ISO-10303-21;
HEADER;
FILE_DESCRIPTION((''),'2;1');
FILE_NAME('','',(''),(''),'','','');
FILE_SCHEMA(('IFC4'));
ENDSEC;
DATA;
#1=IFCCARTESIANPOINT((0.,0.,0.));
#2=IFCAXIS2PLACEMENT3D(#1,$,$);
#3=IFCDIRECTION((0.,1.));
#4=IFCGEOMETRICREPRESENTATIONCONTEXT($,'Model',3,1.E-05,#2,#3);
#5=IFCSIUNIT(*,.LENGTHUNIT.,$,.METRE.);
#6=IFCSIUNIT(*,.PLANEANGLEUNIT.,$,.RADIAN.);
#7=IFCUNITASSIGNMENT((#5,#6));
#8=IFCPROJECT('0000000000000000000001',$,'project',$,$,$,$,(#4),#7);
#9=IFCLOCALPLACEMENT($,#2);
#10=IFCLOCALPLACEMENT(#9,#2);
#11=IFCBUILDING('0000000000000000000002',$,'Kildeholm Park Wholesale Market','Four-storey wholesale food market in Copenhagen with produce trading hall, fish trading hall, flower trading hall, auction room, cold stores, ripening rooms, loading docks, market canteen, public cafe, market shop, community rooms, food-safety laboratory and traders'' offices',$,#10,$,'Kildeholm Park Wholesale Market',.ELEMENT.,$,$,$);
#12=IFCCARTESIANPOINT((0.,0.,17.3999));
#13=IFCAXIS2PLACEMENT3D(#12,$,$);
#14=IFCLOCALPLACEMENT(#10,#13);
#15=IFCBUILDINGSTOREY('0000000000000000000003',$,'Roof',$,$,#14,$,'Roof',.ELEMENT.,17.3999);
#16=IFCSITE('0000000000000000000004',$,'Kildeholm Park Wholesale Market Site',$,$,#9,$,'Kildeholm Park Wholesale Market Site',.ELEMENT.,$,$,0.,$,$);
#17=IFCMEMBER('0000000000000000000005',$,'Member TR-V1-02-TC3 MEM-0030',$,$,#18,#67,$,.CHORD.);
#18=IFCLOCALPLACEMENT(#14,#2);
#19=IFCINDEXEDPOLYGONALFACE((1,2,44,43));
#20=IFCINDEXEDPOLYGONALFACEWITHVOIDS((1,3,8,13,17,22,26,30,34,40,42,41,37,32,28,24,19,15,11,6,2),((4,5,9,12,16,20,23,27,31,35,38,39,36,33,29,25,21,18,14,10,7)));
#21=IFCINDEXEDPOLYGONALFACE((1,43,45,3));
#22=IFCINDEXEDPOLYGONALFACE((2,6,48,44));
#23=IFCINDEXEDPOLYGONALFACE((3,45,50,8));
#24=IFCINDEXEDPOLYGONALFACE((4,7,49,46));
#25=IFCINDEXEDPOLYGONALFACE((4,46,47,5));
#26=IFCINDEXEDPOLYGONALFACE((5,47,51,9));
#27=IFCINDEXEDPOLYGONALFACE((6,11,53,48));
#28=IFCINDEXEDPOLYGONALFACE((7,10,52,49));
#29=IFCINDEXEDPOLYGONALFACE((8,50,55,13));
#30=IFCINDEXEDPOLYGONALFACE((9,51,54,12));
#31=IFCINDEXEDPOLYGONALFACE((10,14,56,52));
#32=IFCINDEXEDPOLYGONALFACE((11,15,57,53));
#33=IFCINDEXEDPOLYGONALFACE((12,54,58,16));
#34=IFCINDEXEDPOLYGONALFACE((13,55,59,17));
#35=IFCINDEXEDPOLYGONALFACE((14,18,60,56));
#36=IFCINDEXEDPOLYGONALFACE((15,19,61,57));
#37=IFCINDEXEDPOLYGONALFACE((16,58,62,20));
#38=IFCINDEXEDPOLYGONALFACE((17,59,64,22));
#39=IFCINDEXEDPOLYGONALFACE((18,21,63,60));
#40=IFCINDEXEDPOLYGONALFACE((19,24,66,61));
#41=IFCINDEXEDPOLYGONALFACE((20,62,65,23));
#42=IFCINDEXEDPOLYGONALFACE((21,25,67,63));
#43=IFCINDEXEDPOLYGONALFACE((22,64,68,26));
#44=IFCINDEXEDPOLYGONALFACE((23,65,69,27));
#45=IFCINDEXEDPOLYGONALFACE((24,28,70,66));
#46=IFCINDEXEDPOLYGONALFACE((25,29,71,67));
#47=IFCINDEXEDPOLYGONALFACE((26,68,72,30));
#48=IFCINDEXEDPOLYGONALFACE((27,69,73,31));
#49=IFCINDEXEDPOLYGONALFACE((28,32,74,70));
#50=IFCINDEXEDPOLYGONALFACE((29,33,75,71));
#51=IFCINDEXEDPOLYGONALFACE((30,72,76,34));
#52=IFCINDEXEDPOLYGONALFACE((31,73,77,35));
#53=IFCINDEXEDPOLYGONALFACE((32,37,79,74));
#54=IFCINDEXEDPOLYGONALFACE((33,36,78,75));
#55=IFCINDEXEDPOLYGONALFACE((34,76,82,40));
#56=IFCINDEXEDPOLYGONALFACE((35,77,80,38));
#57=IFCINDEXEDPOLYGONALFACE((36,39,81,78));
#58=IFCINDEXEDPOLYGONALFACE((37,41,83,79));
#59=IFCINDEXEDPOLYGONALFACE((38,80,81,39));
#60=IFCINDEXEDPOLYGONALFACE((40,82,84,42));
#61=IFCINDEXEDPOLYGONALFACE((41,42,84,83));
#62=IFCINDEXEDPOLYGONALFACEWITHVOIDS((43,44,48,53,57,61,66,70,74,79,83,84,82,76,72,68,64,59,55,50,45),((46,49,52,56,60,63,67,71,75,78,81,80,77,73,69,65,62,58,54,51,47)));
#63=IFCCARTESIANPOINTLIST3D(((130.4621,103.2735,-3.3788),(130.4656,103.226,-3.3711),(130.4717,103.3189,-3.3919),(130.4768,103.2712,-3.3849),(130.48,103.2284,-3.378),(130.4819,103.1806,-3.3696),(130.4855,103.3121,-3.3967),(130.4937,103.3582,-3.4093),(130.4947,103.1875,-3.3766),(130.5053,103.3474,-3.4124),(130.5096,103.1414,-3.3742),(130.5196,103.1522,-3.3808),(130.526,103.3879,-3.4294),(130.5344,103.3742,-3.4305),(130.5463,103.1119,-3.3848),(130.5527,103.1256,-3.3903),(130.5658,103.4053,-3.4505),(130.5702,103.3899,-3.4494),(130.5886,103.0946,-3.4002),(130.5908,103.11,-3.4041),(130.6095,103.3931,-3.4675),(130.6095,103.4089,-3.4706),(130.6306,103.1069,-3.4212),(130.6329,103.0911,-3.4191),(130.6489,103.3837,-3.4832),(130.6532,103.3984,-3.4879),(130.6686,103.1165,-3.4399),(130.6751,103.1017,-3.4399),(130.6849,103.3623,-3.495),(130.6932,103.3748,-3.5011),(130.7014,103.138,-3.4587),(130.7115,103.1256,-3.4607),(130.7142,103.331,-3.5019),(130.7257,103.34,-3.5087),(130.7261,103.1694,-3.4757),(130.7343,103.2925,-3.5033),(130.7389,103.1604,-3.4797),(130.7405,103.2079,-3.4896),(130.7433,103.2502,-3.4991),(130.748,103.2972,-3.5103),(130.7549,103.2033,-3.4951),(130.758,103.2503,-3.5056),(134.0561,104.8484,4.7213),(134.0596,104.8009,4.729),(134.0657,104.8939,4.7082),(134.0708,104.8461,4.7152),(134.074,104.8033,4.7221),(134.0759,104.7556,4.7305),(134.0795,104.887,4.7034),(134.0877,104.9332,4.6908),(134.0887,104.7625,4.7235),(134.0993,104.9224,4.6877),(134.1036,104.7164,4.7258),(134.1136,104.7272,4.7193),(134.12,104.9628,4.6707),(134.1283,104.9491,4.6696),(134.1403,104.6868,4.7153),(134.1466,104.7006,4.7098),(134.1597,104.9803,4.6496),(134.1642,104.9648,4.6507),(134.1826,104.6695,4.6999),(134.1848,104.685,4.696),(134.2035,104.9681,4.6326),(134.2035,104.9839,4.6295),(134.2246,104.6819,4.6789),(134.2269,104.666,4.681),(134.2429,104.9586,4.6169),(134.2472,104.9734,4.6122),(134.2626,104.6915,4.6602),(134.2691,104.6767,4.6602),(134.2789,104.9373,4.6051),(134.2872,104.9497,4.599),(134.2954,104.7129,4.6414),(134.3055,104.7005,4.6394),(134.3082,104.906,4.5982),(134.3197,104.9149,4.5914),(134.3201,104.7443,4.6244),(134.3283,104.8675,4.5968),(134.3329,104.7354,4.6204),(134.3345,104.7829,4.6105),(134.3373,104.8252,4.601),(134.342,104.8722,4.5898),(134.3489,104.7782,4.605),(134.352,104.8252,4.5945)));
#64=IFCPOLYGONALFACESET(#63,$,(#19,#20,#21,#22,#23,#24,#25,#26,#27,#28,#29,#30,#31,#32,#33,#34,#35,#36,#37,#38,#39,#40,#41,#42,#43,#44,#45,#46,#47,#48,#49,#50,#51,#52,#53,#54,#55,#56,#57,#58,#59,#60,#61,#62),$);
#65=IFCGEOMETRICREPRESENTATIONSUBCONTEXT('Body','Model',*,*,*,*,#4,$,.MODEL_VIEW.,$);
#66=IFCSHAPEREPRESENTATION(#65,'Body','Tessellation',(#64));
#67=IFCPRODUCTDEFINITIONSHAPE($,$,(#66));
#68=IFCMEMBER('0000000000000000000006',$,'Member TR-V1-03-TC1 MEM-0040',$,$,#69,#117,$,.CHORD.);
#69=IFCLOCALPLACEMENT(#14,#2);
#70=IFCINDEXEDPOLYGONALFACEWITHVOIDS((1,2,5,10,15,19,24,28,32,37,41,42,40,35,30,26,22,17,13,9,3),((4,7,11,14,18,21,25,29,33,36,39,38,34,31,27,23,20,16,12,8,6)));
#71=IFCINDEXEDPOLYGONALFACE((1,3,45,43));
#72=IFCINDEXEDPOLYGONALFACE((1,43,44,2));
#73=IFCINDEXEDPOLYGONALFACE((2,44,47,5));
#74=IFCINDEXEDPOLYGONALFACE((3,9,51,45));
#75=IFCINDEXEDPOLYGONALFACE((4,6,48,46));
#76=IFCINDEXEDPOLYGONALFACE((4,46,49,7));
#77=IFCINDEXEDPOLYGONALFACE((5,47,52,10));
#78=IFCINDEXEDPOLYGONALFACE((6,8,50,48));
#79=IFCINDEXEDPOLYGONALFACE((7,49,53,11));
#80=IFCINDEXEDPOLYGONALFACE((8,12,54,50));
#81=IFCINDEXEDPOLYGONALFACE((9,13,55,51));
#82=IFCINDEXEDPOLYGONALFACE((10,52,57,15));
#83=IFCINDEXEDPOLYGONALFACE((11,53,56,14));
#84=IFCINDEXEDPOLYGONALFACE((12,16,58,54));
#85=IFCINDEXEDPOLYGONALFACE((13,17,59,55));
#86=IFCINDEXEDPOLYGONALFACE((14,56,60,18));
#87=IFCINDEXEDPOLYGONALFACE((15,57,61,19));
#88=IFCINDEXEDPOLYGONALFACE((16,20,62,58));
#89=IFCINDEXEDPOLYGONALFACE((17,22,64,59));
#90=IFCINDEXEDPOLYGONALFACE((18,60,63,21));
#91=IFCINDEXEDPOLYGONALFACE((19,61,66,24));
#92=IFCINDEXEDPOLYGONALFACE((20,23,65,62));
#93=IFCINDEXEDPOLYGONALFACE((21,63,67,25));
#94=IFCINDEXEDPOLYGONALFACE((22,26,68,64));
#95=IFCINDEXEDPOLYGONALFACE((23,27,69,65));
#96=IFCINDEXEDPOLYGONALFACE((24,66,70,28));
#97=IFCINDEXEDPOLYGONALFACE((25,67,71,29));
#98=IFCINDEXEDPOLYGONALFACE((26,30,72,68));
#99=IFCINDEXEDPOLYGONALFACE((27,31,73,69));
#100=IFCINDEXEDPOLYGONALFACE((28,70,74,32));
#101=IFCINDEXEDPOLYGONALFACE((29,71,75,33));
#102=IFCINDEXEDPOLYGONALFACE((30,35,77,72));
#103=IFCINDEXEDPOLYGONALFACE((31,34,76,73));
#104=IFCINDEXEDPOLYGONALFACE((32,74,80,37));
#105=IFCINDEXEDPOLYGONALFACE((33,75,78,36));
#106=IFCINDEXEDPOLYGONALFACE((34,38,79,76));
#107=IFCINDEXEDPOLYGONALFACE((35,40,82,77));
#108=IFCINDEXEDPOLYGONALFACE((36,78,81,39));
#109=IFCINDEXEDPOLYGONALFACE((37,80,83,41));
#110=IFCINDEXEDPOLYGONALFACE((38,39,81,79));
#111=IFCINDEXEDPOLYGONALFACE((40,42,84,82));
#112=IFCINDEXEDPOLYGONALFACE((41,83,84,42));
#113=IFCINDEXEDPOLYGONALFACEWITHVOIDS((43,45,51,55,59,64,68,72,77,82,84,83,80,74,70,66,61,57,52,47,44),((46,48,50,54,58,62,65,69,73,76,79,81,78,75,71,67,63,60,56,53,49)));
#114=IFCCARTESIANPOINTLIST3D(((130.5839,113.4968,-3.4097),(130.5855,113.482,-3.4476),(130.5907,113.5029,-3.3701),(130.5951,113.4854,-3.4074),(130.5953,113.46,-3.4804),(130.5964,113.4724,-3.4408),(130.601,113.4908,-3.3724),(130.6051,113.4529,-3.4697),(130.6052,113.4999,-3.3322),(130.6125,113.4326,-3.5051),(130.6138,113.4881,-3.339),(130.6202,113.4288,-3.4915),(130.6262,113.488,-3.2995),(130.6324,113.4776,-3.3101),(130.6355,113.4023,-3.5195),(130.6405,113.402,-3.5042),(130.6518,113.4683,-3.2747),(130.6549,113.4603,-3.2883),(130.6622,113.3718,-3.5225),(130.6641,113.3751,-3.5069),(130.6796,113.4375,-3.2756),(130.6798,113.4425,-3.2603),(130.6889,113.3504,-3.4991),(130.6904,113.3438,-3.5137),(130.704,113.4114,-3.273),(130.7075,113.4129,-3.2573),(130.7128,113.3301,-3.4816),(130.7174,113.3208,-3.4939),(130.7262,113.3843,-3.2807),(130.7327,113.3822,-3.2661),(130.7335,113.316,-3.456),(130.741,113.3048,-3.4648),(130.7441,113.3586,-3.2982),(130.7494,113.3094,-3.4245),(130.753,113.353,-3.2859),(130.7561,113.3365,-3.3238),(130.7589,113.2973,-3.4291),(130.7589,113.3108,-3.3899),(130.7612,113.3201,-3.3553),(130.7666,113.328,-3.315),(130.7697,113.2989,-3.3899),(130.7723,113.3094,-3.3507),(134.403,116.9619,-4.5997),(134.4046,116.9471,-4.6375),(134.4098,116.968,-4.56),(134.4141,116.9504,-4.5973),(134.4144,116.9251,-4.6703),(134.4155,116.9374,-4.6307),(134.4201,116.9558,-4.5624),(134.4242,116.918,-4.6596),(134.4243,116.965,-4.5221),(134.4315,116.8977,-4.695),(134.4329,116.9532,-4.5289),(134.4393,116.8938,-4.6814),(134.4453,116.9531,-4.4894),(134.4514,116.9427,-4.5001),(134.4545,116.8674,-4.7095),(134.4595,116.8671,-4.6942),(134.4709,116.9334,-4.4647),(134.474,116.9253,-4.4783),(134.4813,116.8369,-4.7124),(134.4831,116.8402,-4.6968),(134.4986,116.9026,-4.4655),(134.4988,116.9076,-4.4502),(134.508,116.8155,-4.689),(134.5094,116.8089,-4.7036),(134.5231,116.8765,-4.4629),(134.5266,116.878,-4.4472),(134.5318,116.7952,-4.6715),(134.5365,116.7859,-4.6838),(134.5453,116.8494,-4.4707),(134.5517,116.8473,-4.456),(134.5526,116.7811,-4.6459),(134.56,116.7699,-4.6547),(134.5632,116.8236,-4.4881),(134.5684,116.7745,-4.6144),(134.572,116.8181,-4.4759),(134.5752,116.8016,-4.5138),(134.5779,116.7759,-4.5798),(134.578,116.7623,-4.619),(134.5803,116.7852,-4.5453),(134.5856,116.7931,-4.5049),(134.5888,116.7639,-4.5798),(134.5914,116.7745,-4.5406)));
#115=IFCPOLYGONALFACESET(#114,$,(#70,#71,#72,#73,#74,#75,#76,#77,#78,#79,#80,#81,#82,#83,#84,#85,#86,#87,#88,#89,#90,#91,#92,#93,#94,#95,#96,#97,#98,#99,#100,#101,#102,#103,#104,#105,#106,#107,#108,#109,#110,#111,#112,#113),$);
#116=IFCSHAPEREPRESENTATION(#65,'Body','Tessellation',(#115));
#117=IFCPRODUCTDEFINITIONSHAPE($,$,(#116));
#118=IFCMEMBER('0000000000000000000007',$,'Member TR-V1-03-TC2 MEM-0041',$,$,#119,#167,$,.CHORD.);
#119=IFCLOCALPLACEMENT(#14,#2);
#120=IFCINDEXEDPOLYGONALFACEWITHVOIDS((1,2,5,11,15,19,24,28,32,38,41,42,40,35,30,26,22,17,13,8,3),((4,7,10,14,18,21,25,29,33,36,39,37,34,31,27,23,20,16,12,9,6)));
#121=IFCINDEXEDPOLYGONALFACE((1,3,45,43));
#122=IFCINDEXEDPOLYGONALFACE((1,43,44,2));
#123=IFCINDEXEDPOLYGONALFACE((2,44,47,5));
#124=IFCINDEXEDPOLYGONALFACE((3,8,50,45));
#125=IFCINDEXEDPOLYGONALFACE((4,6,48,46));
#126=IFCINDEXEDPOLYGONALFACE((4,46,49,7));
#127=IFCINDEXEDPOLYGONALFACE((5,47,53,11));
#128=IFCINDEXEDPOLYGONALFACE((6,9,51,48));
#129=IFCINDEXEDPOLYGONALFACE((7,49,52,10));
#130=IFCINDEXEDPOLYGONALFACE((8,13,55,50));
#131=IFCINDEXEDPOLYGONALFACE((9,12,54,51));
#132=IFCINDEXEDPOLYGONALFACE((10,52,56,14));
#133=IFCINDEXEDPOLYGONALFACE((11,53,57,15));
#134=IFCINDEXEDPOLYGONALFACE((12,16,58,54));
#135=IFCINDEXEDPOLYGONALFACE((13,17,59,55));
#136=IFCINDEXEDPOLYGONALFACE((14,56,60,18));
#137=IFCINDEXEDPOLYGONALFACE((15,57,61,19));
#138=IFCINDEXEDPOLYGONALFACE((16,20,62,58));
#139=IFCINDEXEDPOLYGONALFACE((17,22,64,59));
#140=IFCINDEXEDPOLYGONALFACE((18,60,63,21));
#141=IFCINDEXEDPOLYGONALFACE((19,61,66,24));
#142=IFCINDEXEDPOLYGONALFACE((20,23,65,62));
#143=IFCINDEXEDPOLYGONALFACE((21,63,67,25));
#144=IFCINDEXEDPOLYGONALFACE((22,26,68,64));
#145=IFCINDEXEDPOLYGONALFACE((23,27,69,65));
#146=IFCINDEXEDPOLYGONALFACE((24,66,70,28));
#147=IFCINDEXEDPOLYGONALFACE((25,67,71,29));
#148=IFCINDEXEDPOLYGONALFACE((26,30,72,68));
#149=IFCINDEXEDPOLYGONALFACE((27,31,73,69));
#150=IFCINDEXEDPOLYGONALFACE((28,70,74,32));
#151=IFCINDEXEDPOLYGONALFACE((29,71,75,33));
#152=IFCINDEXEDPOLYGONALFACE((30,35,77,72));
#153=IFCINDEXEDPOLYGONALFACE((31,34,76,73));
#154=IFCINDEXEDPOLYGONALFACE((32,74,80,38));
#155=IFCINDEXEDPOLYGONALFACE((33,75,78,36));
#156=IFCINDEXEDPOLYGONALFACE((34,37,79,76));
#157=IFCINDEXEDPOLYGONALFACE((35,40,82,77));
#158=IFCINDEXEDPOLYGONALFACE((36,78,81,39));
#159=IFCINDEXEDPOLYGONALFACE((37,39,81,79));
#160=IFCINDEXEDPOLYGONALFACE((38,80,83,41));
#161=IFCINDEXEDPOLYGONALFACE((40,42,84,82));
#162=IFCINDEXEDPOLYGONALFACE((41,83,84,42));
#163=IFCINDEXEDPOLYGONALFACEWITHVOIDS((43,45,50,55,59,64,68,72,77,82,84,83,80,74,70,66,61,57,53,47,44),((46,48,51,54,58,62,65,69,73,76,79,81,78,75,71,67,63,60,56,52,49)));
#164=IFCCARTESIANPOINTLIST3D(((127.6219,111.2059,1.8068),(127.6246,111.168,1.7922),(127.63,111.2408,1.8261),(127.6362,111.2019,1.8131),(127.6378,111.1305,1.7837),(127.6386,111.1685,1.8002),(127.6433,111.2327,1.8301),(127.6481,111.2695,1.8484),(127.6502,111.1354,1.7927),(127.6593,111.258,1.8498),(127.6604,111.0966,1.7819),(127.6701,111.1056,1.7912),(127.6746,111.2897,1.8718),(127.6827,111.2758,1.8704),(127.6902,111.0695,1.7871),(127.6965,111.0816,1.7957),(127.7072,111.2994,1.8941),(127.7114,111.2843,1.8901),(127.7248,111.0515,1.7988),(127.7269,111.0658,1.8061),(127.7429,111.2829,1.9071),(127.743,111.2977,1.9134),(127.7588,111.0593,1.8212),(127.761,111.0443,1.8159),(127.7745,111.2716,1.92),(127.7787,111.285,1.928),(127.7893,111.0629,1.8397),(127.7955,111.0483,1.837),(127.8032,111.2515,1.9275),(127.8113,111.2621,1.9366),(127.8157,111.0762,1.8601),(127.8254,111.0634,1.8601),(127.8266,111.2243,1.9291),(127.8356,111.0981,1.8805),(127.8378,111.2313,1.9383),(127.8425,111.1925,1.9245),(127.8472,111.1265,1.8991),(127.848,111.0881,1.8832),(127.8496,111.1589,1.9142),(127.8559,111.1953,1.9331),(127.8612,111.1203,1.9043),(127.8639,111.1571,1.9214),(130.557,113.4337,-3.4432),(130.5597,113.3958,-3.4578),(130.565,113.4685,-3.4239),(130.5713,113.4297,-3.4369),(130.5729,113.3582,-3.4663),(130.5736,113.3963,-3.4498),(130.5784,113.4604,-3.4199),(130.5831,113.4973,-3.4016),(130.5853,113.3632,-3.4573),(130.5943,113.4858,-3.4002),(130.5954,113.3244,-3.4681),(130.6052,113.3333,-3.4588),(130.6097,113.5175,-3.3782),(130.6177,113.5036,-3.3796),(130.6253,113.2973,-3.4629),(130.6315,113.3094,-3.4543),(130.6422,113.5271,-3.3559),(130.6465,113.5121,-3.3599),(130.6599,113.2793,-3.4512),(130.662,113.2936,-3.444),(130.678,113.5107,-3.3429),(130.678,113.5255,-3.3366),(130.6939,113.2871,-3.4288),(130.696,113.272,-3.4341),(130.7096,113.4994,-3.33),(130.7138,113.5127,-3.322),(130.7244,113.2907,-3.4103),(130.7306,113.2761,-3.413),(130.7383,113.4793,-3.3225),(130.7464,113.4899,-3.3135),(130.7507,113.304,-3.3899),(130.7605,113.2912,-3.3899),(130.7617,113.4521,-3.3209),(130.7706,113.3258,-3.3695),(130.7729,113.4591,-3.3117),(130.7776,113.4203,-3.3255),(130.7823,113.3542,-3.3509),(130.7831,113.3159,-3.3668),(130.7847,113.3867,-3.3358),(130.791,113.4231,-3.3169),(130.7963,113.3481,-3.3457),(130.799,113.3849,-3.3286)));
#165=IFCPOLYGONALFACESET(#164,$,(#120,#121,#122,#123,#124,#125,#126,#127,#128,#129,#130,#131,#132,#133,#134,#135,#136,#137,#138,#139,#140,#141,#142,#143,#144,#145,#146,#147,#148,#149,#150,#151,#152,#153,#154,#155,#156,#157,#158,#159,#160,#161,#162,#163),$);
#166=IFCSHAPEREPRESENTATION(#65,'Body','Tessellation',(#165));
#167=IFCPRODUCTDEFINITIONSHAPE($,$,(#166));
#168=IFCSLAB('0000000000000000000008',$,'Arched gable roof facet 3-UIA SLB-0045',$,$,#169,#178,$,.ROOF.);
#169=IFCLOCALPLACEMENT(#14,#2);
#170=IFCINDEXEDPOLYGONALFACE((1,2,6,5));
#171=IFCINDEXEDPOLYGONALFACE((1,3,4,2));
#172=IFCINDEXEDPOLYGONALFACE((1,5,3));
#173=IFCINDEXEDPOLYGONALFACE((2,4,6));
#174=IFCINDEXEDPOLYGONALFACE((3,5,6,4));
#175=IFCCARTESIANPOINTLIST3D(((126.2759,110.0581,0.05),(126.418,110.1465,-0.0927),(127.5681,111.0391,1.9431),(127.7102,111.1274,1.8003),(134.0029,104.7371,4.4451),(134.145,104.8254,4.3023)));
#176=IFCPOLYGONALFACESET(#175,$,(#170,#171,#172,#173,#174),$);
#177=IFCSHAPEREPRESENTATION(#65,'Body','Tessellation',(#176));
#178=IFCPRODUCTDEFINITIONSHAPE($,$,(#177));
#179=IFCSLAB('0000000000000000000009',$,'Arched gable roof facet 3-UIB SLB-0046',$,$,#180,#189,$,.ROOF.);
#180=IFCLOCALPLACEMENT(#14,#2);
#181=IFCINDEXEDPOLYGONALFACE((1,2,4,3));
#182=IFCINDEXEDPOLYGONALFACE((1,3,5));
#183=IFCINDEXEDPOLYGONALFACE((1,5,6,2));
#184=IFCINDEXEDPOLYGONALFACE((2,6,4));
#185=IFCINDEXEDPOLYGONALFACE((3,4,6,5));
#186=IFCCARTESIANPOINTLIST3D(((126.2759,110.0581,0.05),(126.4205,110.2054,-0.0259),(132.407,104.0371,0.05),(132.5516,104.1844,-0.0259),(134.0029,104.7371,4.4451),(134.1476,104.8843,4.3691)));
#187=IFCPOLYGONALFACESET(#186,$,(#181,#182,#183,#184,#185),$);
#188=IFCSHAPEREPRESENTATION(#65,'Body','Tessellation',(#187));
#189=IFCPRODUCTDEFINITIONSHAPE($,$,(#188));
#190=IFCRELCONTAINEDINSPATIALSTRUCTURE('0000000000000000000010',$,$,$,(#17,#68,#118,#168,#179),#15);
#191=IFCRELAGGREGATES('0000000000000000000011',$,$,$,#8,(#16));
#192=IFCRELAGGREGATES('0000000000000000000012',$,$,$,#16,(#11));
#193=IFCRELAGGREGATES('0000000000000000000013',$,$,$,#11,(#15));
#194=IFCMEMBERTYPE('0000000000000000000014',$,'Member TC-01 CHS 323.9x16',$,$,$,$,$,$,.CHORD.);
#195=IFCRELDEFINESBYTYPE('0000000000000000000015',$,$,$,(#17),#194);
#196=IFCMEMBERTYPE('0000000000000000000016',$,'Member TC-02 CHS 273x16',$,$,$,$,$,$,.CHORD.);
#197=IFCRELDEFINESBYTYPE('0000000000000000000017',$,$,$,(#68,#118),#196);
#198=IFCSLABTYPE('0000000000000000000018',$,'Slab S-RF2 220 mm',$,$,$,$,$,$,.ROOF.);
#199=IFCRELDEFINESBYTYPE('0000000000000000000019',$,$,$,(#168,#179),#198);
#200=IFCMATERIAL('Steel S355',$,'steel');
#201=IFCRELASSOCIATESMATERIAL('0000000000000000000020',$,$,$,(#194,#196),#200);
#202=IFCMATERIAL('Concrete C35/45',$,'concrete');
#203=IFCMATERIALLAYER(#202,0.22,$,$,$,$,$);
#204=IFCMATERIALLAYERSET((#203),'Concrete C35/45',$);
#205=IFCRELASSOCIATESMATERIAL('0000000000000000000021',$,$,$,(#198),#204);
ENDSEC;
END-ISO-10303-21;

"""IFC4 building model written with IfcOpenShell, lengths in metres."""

from ifc_helpers import new_model, si_unit, direction, frame, origin, origin_2d, place, context, subcontext, project, spatial, polyline, hollow_circle, outline, extrude, material, layer, layer_set, material_profile, profile_set, type_object, element, save


model = new_model("IFC4")

# Units and contexts
model_context = context("Model", 3, precision=1e-05, world=origin(), true_north=direction((0.0, 1.0)))
body_context = subcontext(model_context, "Body", "Model", "MODEL_VIEW")
ifc_project = project(units=[si_unit("LENGTHUNIT", "METRE"), si_unit("PLANEANGLEUNIT", "RADIAN")], contexts=[model_context])

# Site, building, storey
site_placement = place(None, origin())
site = spatial("IfcSite", under=ifc_project, at=site_placement, Name="Kildeholm Park Wholesale Market Site", LongName="Kildeholm Park Wholesale Market Site", CompositionType="ELEMENT", RefElevation=0.0)
building_placement = place(site_placement, origin())
building = spatial("IfcBuilding", under=site, at=building_placement, Name="Kildeholm Park Wholesale Market", Description="Four-storey wholesale food market in Copenhagen with produce trading hall, fish trading hall, flower trading hall, auction room, cold stores, ripening rooms, loading docks, market canteen, public cafe, market shop, community rooms, food-safety laboratory and traders' offices", LongName="Kildeholm Park Wholesale Market", CompositionType="ELEMENT")
storey_placement = place(building_placement, frame((0.0, 0.0, 17.3999)))
storey = spatial("IfcBuildingStorey", under=building, at=storey_placement, Name="Roof", LongName="Roof", CompositionType="ELEMENT", Elevation=17.3999)

# Shared definitions
ifc_material_1 = material(Name="Steel S355", Category="steel")

# Members
ifc_material_profile_1 = material_profile(ifc_material_1, hollow_circle(Radius=0.1619, WallThickness=0.0161, at=origin_2d()), Name="CHS 323.9x16")
ifc_profile_set_1 = profile_set([ifc_material_profile_1], Name="Steel S355")
member_type_1 = type_object("IfcMemberType", Name="Member TC-01 CHS 323.9x16", PredefinedType="CHORD", material=ifc_profile_set_1)
member_1_placement = place(storey_placement, frame((134.2041, 104.825, 4.6602), z_axis=(-0.399311, -0.174985, -0.899962), x_axis=(0.40137, -0.915916, 0.0)))
element("IfcMember", 1, at=member_1_placement, inside=storey, type_object=member_type_1, Name="Member TR-V1-02-TC3 MEM-0030", PredefinedType="CHORD", context=body_context, shape_type="SweptSolid", body=[
    extrude(hollow_circle(Radius=0.1619, WallThickness=0.0161, at=origin_2d()), origin(), (0.0, 0.0, 1.0), 9.0005),
])
ifc_material_profile_2 = material_profile(ifc_material_1, hollow_circle(Radius=0.1365, WallThickness=0.0161, at=origin_2d()), Name="CHS 273x16")
ifc_profile_set_2 = profile_set([ifc_material_profile_2], Name="Steel S355")
member_type_2 = type_object("IfcMemberType", Name="Member TC-02 CHS 273x16", PredefinedType="CHORD", material=ifc_profile_set_2)
member_2_placement = place(storey_placement, frame((134.4971, 116.865, -4.5798), z_axis=(-0.721634, -0.654744, 0.224845), x_axis=(0.671949, -0.740597, 0.0)))
element("IfcMember", 2, at=member_2_placement, inside=storey, type_object=member_type_2, Name="Member TR-V1-03-TC1 MEM-0040", PredefinedType="CHORD", context=body_context, shape_type="SweptSolid", body=[
    extrude(hollow_circle(Radius=0.1365, WallThickness=0.0161, at=origin_2d()), origin(), (0.0, 0.0, 1.0), 5.2922),
])
member_3_placement = place(storey_placement, frame((130.678, 113.3999, -3.3899), z_axis=(-0.457598, -0.347328, 0.818515), x_axis=(0.604591, -0.796536, 0.0)))
element("IfcMember", 3, at=member_3_placement, inside=storey, type_object=member_type_2, Name="Member TR-V1-03-TC2 MEM-0041", PredefinedType="CHORD", context=body_context, shape_type="SweptSolid", body=[
    extrude(hollow_circle(Radius=0.1365, WallThickness=0.0161, at=origin_2d()), origin(), (0.0, 0.0, 1.0), 6.4141),
])

# Slabs
ifc_material_2 = material(Name="Concrete C35/45", Category="concrete")
ifc_layer_1 = layer(ifc_material_2, 0.22)
ifc_layer_set_1 = layer_set([ifc_layer_1], Name="Concrete C35/45")
slab_type = type_object("IfcSlabType", Name="Slab S-RF2 220 mm", PredefinedType="ROOF", material=ifc_layer_set_1)
slab_1_placement = place(storey_placement, frame((134.0029, 104.7371, 4.4451), z_axis=(-0.645905, -0.401812, 0.649117), x_axis=(-0.688376, 0.674168, -0.267651)))
element("IfcSlab", 4, at=slab_1_placement, inside=storey, type_object=slab_type, Name="Arched gable roof facet 3-UIA SLB-0045", PredefinedType="ROOF", context=body_context, shape_type="SweptSolid", body=[
    extrude(outline(polyline([(0.0, 0.0), (9.3478, 0.0), (10.0827, 2.3824), (0.0, 0.0)])), origin(), (0.0, 0.0, -1.0), 0.22),
])
slab_2_placement = place(storey_placement, frame((134.0029, 104.7371, 4.4451), z_axis=(-0.657547, -0.669571, 0.345408), x_axis=(-0.745829, 0.513597, -0.424215)))
element("IfcSlab", 5, at=slab_2_placement, inside=storey, type_object=slab_type, Name="Arched gable roof facet 3-UIB SLB-0046", PredefinedType="ROOF", context=body_context, shape_type="SweptSolid", body=[
    extrude(outline(polyline([(0.0, 0.0), (10.3604, 0.0), (2.6952, 3.8844), (0.0, 0.0)])), origin(), (0.0, 0.0, -1.0), 0.22),
])

save(model, "model.ifc")
